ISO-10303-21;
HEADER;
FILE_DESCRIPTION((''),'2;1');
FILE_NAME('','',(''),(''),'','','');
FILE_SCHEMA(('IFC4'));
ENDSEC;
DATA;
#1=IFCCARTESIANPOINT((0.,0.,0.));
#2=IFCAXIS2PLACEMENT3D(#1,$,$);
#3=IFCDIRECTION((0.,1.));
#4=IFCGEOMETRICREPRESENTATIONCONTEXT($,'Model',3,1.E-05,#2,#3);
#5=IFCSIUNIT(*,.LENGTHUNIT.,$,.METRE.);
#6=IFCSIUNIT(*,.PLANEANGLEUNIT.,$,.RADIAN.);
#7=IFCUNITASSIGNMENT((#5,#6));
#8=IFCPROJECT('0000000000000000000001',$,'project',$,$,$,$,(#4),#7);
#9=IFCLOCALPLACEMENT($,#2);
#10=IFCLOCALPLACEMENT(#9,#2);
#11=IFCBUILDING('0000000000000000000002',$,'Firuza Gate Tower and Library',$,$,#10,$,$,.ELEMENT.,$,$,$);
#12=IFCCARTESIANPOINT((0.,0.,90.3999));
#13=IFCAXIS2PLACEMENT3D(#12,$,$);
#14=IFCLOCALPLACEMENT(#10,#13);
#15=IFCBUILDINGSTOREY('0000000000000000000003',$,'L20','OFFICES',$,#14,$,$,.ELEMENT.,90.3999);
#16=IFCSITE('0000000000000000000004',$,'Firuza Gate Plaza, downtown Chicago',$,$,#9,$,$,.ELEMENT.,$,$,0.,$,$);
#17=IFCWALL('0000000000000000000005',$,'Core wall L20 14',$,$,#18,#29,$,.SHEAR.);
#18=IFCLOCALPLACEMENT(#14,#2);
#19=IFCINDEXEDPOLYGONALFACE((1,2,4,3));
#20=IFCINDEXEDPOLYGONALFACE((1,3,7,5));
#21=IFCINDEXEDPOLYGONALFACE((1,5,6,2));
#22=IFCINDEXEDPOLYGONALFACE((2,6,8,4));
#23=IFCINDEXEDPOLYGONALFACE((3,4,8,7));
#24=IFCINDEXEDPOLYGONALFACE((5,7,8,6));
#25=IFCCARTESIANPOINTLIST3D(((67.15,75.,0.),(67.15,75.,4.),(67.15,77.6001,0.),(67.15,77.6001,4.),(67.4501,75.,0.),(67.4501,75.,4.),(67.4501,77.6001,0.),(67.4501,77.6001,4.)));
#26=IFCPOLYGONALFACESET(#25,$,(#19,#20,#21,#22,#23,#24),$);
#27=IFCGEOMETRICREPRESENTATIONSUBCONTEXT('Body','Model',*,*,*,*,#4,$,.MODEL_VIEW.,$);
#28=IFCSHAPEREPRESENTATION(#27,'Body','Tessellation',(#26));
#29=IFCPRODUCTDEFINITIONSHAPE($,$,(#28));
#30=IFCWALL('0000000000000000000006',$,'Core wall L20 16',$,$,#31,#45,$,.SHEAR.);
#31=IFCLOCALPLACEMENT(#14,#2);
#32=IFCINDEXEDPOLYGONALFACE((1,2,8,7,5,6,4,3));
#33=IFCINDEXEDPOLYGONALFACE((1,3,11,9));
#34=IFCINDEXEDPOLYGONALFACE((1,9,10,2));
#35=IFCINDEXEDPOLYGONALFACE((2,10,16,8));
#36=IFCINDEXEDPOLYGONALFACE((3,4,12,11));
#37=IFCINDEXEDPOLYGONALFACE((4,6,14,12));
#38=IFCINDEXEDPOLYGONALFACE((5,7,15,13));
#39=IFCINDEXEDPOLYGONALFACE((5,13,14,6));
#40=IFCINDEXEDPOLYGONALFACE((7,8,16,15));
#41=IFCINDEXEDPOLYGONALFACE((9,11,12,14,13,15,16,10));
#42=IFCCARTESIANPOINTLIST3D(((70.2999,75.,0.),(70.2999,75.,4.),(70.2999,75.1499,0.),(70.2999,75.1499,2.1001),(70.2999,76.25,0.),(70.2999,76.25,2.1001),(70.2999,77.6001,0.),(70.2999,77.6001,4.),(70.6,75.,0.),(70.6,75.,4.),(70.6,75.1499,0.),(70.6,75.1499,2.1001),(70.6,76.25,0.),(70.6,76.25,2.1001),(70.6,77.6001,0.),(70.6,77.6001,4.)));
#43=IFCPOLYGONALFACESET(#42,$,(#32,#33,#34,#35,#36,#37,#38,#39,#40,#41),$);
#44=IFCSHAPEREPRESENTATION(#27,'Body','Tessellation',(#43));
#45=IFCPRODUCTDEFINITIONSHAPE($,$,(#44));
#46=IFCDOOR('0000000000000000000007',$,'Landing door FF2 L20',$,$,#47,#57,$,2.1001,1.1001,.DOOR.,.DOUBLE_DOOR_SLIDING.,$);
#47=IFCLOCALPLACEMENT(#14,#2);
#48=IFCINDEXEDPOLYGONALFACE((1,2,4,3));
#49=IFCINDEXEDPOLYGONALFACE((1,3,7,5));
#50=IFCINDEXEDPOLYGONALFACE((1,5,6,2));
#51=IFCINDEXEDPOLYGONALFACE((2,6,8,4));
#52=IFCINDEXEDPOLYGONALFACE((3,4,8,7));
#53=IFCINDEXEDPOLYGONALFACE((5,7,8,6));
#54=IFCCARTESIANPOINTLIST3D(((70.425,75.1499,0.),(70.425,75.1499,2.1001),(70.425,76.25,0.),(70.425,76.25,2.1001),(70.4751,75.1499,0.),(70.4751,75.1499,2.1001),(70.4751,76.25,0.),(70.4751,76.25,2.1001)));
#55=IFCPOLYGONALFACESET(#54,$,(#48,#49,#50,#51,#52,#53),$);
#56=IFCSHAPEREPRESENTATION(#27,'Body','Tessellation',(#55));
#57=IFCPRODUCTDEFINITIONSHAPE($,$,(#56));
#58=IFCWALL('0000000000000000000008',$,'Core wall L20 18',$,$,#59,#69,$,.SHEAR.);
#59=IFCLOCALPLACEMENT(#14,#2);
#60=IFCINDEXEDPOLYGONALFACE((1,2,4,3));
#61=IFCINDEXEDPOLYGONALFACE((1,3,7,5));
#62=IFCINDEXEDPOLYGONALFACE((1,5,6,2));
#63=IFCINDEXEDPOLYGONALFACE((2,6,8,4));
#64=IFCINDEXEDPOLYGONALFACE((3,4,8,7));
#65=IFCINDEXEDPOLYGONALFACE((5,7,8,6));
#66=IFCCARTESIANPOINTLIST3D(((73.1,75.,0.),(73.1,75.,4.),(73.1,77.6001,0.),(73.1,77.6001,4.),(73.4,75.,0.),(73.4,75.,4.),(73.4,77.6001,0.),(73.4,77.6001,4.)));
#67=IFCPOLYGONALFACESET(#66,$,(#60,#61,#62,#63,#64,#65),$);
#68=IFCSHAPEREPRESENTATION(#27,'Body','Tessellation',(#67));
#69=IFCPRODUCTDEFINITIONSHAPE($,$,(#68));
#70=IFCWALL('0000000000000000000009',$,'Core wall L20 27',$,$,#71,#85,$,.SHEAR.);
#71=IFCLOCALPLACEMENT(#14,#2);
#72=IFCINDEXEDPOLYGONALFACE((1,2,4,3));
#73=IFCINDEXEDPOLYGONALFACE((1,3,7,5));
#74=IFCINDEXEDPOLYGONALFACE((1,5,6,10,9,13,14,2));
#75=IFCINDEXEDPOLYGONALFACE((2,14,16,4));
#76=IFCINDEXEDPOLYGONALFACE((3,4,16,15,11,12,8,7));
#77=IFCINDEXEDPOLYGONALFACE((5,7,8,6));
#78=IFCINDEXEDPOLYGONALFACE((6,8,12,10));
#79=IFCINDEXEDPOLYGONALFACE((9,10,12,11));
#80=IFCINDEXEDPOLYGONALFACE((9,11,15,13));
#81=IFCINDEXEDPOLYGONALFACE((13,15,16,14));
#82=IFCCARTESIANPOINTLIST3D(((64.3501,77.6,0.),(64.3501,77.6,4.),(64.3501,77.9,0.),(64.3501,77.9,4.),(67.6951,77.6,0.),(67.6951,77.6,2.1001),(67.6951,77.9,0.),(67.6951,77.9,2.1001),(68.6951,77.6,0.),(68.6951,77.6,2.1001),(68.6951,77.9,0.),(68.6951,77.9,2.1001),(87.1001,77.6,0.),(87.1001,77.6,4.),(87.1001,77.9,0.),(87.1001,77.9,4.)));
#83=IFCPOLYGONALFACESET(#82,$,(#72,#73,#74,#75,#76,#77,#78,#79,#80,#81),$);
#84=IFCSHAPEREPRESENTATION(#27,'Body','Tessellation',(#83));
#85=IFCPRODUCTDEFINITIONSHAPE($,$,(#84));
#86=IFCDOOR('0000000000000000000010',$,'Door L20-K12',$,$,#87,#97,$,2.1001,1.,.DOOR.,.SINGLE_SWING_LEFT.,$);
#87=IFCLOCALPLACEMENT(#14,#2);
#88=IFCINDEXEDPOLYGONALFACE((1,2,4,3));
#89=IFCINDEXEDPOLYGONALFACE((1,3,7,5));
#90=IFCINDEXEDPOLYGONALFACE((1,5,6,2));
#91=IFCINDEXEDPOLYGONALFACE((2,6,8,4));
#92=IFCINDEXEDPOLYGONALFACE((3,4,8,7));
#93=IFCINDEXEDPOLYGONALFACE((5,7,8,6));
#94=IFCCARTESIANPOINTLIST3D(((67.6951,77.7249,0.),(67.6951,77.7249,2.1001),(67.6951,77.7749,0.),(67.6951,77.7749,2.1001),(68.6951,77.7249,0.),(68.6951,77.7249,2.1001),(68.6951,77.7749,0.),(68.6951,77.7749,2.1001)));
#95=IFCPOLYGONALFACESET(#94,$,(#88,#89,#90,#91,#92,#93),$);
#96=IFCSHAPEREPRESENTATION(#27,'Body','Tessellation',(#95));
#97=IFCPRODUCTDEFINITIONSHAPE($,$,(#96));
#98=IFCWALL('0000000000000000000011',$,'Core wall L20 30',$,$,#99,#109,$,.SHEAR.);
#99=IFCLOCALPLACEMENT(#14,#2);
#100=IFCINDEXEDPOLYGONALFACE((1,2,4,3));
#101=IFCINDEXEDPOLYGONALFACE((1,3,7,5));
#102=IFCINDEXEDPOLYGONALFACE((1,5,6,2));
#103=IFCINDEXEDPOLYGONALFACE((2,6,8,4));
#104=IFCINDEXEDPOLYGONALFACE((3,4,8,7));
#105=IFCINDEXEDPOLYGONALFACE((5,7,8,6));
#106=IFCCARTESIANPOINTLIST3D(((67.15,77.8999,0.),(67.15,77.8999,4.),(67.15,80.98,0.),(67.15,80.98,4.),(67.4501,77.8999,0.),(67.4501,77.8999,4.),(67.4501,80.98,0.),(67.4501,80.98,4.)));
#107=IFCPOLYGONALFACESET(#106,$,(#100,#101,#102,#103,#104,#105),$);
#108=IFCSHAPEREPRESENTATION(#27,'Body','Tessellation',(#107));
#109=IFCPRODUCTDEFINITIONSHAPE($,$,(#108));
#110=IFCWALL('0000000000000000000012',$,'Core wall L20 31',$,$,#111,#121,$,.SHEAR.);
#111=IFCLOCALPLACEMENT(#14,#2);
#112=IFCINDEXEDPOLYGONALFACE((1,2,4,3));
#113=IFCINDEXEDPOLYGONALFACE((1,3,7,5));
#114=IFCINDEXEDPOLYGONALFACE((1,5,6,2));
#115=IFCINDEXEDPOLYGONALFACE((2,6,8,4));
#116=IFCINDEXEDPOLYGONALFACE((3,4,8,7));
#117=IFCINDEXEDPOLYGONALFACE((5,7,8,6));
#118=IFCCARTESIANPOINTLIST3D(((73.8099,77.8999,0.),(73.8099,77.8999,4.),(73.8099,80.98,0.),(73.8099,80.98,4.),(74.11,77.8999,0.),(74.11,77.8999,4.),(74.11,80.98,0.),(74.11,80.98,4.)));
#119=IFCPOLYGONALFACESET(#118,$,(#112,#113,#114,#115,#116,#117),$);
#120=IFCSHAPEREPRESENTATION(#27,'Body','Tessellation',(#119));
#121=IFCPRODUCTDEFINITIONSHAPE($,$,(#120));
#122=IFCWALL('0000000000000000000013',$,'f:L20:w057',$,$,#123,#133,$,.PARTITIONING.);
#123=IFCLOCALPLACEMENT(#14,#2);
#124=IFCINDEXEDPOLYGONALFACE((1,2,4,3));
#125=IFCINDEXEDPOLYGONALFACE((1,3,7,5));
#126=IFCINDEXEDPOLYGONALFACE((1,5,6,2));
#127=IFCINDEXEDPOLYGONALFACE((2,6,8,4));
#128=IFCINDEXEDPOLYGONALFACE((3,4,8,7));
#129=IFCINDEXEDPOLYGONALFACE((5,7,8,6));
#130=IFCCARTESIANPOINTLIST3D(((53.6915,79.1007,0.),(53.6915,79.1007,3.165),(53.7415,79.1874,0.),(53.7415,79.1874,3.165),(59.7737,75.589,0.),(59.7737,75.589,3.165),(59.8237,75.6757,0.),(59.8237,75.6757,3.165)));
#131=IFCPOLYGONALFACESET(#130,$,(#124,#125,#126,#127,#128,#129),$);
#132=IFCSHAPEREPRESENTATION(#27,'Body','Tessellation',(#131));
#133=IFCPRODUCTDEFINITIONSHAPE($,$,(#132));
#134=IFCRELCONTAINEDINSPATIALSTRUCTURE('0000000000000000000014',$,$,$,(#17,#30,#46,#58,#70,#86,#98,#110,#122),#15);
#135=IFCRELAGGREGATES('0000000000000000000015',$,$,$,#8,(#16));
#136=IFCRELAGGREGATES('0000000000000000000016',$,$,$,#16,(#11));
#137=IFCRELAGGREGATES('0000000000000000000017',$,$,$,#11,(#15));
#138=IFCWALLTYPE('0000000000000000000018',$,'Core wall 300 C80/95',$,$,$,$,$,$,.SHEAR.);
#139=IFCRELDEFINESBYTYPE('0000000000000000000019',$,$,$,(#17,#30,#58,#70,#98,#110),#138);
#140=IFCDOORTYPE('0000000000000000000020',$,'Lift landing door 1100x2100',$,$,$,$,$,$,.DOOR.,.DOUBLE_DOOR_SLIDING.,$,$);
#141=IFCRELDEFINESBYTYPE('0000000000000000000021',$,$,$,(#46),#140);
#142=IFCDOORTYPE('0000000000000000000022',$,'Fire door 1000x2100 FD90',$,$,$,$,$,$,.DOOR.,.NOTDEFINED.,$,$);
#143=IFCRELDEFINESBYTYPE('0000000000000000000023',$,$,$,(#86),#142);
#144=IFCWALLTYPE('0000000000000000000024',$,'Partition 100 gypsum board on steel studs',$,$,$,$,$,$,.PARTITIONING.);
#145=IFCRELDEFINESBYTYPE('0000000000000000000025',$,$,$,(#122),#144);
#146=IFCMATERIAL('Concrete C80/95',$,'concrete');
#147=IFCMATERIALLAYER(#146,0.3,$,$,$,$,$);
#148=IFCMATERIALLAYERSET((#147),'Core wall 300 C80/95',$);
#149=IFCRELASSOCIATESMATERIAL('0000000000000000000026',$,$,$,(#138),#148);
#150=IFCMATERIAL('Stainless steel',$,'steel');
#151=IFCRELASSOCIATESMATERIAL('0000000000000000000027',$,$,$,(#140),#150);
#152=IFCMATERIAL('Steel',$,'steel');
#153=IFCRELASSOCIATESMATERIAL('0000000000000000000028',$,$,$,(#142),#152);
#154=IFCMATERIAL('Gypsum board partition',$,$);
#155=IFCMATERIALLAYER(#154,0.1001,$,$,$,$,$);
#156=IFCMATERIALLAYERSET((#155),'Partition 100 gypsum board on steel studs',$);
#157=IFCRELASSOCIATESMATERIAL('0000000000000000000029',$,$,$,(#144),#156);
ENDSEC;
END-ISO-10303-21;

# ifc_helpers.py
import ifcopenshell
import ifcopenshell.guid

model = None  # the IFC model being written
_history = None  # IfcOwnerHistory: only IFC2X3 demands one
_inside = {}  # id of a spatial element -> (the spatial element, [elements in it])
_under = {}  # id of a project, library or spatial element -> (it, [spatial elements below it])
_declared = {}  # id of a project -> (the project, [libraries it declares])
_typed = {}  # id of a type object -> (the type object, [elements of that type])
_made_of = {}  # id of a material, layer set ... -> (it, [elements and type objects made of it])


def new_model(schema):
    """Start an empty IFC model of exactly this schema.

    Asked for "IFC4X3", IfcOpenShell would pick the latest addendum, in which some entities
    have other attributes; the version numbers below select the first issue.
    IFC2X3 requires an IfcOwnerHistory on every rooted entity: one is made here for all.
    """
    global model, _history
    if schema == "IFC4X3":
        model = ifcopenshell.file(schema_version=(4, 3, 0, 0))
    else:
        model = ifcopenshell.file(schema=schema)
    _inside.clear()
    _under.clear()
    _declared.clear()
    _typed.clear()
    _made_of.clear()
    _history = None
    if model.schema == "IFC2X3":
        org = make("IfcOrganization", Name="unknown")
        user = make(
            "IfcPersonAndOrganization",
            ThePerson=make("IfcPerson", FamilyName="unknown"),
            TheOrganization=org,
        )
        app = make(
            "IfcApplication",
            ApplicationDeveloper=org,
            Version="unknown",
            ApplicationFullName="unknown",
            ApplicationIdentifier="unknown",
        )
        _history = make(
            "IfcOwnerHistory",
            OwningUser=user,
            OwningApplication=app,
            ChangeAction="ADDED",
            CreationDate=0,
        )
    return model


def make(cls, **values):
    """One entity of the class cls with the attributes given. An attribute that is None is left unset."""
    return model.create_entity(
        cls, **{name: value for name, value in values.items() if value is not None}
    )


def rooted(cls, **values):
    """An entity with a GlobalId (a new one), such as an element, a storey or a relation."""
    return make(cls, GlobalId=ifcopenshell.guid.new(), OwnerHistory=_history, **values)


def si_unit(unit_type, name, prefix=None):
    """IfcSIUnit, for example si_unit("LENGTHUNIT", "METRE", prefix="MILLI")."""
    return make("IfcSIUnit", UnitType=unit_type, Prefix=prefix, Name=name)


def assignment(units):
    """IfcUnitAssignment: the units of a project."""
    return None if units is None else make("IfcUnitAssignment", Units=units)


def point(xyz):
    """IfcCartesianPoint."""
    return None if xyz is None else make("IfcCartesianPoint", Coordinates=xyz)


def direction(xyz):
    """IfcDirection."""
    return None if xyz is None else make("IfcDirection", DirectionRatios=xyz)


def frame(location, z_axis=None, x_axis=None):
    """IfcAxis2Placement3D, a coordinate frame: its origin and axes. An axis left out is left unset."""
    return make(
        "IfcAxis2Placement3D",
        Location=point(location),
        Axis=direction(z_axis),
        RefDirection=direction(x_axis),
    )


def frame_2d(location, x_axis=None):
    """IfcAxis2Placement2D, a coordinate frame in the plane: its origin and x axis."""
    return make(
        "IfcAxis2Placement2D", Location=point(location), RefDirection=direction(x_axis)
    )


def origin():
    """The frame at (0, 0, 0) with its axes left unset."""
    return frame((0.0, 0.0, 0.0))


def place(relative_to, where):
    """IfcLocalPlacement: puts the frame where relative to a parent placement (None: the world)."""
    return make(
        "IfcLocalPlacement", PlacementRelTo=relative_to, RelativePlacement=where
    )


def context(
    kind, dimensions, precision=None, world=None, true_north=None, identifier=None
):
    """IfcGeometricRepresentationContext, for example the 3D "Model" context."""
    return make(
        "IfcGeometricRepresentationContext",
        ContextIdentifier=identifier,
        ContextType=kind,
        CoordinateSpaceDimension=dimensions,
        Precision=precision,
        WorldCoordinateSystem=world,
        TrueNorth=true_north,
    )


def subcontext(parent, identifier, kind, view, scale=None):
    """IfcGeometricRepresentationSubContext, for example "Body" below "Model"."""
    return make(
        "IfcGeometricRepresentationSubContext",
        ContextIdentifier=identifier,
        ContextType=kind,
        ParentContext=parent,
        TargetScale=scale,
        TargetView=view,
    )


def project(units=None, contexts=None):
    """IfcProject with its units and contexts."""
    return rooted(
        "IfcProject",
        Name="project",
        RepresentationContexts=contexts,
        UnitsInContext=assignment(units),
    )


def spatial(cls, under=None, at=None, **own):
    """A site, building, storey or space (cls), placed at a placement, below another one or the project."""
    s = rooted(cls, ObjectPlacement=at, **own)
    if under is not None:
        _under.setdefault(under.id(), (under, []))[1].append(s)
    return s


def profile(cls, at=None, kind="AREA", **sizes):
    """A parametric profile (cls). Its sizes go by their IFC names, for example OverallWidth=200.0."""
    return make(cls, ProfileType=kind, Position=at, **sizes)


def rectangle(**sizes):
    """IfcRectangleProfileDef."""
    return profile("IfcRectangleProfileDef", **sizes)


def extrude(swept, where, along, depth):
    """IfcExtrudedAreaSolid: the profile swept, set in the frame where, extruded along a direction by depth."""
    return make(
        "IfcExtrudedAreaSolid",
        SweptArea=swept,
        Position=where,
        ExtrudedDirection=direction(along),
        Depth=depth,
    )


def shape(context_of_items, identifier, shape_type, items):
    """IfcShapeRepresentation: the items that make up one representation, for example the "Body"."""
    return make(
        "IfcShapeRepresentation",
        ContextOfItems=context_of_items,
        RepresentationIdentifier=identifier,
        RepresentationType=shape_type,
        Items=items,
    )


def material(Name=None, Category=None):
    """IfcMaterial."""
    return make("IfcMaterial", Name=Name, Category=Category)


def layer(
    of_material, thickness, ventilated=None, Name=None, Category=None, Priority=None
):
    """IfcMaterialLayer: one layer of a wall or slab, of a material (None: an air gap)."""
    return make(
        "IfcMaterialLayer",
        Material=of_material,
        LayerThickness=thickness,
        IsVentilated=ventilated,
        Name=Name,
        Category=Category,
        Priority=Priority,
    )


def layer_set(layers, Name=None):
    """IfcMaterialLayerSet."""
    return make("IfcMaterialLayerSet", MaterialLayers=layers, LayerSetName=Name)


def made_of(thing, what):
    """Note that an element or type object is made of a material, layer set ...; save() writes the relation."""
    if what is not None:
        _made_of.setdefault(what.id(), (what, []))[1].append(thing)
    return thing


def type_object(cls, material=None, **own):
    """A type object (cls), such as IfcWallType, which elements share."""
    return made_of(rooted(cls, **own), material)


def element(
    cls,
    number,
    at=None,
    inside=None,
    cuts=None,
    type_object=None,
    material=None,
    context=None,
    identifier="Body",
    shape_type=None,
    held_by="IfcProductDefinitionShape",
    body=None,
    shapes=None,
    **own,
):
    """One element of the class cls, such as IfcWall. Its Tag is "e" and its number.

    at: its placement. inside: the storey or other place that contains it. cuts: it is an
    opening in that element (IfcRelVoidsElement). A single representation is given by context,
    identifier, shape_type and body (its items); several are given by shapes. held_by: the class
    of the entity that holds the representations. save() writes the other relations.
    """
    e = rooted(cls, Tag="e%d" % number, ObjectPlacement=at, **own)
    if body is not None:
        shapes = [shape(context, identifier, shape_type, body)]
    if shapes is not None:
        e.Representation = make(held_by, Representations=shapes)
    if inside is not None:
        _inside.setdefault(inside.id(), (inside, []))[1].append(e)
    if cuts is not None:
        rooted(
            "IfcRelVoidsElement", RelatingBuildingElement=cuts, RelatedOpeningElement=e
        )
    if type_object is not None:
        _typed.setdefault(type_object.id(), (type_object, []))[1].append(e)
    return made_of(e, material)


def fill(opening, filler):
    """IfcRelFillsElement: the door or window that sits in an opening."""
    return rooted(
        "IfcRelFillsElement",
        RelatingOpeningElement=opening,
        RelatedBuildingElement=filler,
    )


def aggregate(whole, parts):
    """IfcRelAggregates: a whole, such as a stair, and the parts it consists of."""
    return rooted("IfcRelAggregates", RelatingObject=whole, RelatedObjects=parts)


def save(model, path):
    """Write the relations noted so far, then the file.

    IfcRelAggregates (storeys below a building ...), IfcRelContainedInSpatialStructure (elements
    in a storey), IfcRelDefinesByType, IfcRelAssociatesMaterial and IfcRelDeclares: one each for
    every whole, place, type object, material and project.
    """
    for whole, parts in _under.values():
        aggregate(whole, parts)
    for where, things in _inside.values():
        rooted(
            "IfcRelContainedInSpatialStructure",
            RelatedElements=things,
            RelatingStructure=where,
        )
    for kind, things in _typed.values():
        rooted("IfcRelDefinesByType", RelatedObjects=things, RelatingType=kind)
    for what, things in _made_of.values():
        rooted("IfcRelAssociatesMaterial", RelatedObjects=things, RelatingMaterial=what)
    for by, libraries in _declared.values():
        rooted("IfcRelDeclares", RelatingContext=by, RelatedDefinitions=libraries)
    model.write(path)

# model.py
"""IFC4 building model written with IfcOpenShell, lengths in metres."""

from ifc_helpers import new_model, si_unit, direction, frame, frame_2d, origin, place, context, subcontext, project, spatial, rectangle, extrude, material, layer, layer_set, type_object, element, fill, save


model = new_model("IFC4")

# Units and contexts
model_context = context("Model", 3, precision=1e-05, world=origin(), true_north=direction((0.0, 1.0)))
body_context = subcontext(model_context, "Body", "Model", "MODEL_VIEW")
ifc_project = project(units=[si_unit("LENGTHUNIT", "METRE"), si_unit("PLANEANGLEUNIT", "RADIAN")], contexts=[model_context])

# Site, building, storey
site_placement = place(None, origin())
site = spatial("IfcSite", under=ifc_project, at=site_placement, Name="Firuza Gate Plaza, downtown Chicago", CompositionType="ELEMENT", RefElevation=0.0)
building_placement = place(site_placement, origin())
building = spatial("IfcBuilding", under=site, at=building_placement, Name="Firuza Gate Tower and Library", CompositionType="ELEMENT")
storey_placement = place(building_placement, frame((0.0, 0.0, 90.3999)))
storey = spatial("IfcBuildingStorey", under=building, at=storey_placement, Name="L20", Description="OFFICES", CompositionType="ELEMENT", Elevation=90.3999)

# Shared definitions
ifc_material_1 = material(Name="Concrete C80/95", Category="concrete")
ifc_layer_1 = layer(ifc_material_1, 0.3)
ifc_layer_set_1 = layer_set([ifc_layer_1], Name="Core wall 300 C80/95")
wall_type_1 = type_object("IfcWallType", Name="Core wall 300 C80/95", PredefinedType="SHEAR", material=ifc_layer_set_1)

# Shared definitions
ifc_material_2 = material(Name="Stainless steel", Category="steel")
door_type_1 = type_object("IfcDoorType", Name="Lift landing door 1100x2100", OperationType="DOUBLE_DOOR_SLIDING", PredefinedType="DOOR", material=ifc_material_2)

# Wall
for number, where, z_axis, x_axis, name in (
    (1, (67.3, 75.0, 0.0), (0.0, 0.0, 1.0), (0.0, 1.0, 0.0), "Core wall L20 14"),
):
    element("IfcWall", number, at=place(storey_placement, frame(where, z_axis=z_axis, x_axis=x_axis)), inside=storey, type_object=wall_type_1, Name=name, PredefinedType="SHEAR", context=body_context, shape_type="SweptSolid", body=[
        extrude(rectangle(XDim=2.6001, YDim=0.3, at=frame_2d((1.3, 0.0))), origin(), (0.0, 0.0, 1.0), 4.0),
    ])

# Wall, opening, door
wall_1_placement = place(storey_placement, frame((70.45, 75.0, 0.0), z_axis=(0.0, 0.0, 1.0), x_axis=(0.0, 1.0, 0.0)))
wall_1 = element("IfcWall", 2, at=wall_1_placement, inside=storey, type_object=wall_type_1, Name="Core wall L20 16", PredefinedType="SHEAR", context=body_context, shape_type="SweptSolid", body=[
    extrude(rectangle(XDim=2.6001, YDim=0.3, at=frame_2d((1.3, 0.0))), origin(), (0.0, 0.0, 1.0), 4.0),
])
opening_1_placement = place(wall_1_placement, frame((0.1499, 0.0, 0.0)))
opening_1 = element("IfcOpeningElement", 3, at=opening_1_placement, cuts=wall_1, PredefinedType="OPENING", context=body_context, shape_type="SweptSolid", body=[
    extrude(rectangle(XDim=1.1001, YDim=2.1001, at=frame_2d((0.55, 1.05))), frame((0.0, 0.1602, 0.0), z_axis=(0.0, -1.0, 0.0), x_axis=(1.0, 0.0, 0.0)), (0.0, 0.0, 1.0), 0.3201),
])
door_1_placement = place(opening_1_placement, origin())
door_1 = element("IfcDoor", 4, at=door_1_placement, inside=storey, type_object=door_type_1, Name="Landing door FF2 L20", OperationType="DOUBLE_DOOR_SLIDING", OverallHeight=2.1001, OverallWidth=1.1001, PredefinedType="DOOR", context=body_context, shape_type="SweptSolid", body=[
    extrude(rectangle(XDim=1.1001, YDim=2.1001, at=frame_2d((0.55, 1.05))), frame((0.0, 0.0249, 0.0), z_axis=(0.0, -1.0, 0.0), x_axis=(1.0, 0.0, 0.0)), (0.0, 0.0, 1.0), 0.05),
])
fill(opening_1, door_1)

# Wall
wall_2_placement = place(storey_placement, frame((73.25, 75.0, 0.0), z_axis=(0.0, 0.0, 1.0), x_axis=(0.0, 1.0, 0.0)))
element("IfcWall", 5, at=wall_2_placement, inside=storey, type_object=wall_type_1, Name="Core wall L20 18", PredefinedType="SHEAR", context=body_context, shape_type="SweptSolid", body=[
    extrude(rectangle(XDim=2.6001, YDim=0.3, at=frame_2d((1.3, 0.0))), origin(), (0.0, 0.0, 1.0), 4.0),
])

# Wall, opening, door
wall_3_placement = place(storey_placement, frame((64.3501, 77.75, 0.0), z_axis=(0.0, 0.0, 1.0), x_axis=(1.0, 0.0, 0.0)))
wall_3 = element("IfcWall", 6, at=wall_3_placement, inside=storey, type_object=wall_type_1, Name="Core wall L20 27", PredefinedType="SHEAR", context=body_context, shape_type="SweptSolid", body=[
    extrude(rectangle(XDim=22.75, YDim=0.3, at=frame_2d((11.375, 0.0))), origin(), (0.0, 0.0, 1.0), 4.0),
])
opening_2_placement = place(wall_3_placement, frame((3.345, 0.0, 0.0)))
opening_2 = element("IfcOpeningElement", 7, at=opening_2_placement, cuts=wall_3, PredefinedType="OPENING", context=body_context, shape_type="SweptSolid", body=[
    extrude(rectangle(XDim=1.0, YDim=2.1001, at=frame_2d((0.5, 1.05))), frame((0.0, 0.1602, 0.0), z_axis=(0.0, -1.0, 0.0), x_axis=(1.0, 0.0, 0.0)), (0.0, 0.0, 1.0), 0.3201),
])
ifc_material_3 = material(Name="Steel", Category="steel")
door_type_2 = type_object("IfcDoorType", Name="Fire door 1000x2100 FD90", OperationType="NOTDEFINED", PredefinedType="DOOR", material=ifc_material_3)
door_2_placement = place(opening_2_placement, origin())
door_2 = element("IfcDoor", 8, at=door_2_placement, inside=storey, type_object=door_type_2, Name="Door L20-K12", OperationType="SINGLE_SWING_LEFT", OverallHeight=2.1001, OverallWidth=1.0, PredefinedType="DOOR", context=body_context, shape_type="SweptSolid", body=[
    extrude(rectangle(XDim=1.0, YDim=2.1001, at=frame_2d((0.5, 1.05))), frame((0.0, 0.0249, 0.0), z_axis=(0.0, -1.0, 0.0), x_axis=(1.0, 0.0, 0.0)), (0.0, 0.0, 1.0), 0.05),
])
fill(opening_2, door_2)

# Walls
for number, where, z_axis, x_axis, name in (
    (9, (67.3, 77.8999, 0.0), (0.0, 0.0, 1.0), (0.0, 1.0, 0.0), "Core wall L20 30"),
    (10, (73.96, 77.8999, 0.0), (0.0, 0.0, 1.0), (0.0, 1.0, 0.0), "Core wall L20 31"),
):
    element("IfcWall", number, at=place(storey_placement, frame(where, z_axis=z_axis, x_axis=x_axis)), inside=storey, type_object=wall_type_1, Name=name, PredefinedType="SHEAR", context=body_context, shape_type="SweptSolid", body=[
        extrude(rectangle(XDim=3.0801, YDim=0.3, at=frame_2d((1.54, 0.0))), origin(), (0.0, 0.0, 1.0), 4.0),
    ])
ifc_material_4 = material(Name="Gypsum board partition")
ifc_layer_2 = layer(ifc_material_4, 0.1001)
ifc_layer_set_2 = layer_set([ifc_layer_2], Name="Partition 100 gypsum board on steel studs")
wall_type_2 = type_object("IfcWallType", Name="Partition 100 gypsum board on steel studs", PredefinedType="PARTITIONING", material=ifc_layer_set_2)
wall_4_placement = place(storey_placement, frame((59.7988, 75.6323, 0.0), z_axis=(0.0, 0.0, 1.0), x_axis=(-0.866018, 0.500012, 0.0)))
element("IfcWall", 11, at=wall_4_placement, inside=storey, type_object=wall_type_2, Name="f:L20:w057", PredefinedType="PARTITIONING", context=body_context, shape_type="SweptSolid", body=[
    extrude(rectangle(XDim=7.0232, YDim=0.1001, at=frame_2d((3.5117, 0.0))), origin(), (0.0, 0.0, 1.0), 3.165),
])

save(model, "model.ifc")
